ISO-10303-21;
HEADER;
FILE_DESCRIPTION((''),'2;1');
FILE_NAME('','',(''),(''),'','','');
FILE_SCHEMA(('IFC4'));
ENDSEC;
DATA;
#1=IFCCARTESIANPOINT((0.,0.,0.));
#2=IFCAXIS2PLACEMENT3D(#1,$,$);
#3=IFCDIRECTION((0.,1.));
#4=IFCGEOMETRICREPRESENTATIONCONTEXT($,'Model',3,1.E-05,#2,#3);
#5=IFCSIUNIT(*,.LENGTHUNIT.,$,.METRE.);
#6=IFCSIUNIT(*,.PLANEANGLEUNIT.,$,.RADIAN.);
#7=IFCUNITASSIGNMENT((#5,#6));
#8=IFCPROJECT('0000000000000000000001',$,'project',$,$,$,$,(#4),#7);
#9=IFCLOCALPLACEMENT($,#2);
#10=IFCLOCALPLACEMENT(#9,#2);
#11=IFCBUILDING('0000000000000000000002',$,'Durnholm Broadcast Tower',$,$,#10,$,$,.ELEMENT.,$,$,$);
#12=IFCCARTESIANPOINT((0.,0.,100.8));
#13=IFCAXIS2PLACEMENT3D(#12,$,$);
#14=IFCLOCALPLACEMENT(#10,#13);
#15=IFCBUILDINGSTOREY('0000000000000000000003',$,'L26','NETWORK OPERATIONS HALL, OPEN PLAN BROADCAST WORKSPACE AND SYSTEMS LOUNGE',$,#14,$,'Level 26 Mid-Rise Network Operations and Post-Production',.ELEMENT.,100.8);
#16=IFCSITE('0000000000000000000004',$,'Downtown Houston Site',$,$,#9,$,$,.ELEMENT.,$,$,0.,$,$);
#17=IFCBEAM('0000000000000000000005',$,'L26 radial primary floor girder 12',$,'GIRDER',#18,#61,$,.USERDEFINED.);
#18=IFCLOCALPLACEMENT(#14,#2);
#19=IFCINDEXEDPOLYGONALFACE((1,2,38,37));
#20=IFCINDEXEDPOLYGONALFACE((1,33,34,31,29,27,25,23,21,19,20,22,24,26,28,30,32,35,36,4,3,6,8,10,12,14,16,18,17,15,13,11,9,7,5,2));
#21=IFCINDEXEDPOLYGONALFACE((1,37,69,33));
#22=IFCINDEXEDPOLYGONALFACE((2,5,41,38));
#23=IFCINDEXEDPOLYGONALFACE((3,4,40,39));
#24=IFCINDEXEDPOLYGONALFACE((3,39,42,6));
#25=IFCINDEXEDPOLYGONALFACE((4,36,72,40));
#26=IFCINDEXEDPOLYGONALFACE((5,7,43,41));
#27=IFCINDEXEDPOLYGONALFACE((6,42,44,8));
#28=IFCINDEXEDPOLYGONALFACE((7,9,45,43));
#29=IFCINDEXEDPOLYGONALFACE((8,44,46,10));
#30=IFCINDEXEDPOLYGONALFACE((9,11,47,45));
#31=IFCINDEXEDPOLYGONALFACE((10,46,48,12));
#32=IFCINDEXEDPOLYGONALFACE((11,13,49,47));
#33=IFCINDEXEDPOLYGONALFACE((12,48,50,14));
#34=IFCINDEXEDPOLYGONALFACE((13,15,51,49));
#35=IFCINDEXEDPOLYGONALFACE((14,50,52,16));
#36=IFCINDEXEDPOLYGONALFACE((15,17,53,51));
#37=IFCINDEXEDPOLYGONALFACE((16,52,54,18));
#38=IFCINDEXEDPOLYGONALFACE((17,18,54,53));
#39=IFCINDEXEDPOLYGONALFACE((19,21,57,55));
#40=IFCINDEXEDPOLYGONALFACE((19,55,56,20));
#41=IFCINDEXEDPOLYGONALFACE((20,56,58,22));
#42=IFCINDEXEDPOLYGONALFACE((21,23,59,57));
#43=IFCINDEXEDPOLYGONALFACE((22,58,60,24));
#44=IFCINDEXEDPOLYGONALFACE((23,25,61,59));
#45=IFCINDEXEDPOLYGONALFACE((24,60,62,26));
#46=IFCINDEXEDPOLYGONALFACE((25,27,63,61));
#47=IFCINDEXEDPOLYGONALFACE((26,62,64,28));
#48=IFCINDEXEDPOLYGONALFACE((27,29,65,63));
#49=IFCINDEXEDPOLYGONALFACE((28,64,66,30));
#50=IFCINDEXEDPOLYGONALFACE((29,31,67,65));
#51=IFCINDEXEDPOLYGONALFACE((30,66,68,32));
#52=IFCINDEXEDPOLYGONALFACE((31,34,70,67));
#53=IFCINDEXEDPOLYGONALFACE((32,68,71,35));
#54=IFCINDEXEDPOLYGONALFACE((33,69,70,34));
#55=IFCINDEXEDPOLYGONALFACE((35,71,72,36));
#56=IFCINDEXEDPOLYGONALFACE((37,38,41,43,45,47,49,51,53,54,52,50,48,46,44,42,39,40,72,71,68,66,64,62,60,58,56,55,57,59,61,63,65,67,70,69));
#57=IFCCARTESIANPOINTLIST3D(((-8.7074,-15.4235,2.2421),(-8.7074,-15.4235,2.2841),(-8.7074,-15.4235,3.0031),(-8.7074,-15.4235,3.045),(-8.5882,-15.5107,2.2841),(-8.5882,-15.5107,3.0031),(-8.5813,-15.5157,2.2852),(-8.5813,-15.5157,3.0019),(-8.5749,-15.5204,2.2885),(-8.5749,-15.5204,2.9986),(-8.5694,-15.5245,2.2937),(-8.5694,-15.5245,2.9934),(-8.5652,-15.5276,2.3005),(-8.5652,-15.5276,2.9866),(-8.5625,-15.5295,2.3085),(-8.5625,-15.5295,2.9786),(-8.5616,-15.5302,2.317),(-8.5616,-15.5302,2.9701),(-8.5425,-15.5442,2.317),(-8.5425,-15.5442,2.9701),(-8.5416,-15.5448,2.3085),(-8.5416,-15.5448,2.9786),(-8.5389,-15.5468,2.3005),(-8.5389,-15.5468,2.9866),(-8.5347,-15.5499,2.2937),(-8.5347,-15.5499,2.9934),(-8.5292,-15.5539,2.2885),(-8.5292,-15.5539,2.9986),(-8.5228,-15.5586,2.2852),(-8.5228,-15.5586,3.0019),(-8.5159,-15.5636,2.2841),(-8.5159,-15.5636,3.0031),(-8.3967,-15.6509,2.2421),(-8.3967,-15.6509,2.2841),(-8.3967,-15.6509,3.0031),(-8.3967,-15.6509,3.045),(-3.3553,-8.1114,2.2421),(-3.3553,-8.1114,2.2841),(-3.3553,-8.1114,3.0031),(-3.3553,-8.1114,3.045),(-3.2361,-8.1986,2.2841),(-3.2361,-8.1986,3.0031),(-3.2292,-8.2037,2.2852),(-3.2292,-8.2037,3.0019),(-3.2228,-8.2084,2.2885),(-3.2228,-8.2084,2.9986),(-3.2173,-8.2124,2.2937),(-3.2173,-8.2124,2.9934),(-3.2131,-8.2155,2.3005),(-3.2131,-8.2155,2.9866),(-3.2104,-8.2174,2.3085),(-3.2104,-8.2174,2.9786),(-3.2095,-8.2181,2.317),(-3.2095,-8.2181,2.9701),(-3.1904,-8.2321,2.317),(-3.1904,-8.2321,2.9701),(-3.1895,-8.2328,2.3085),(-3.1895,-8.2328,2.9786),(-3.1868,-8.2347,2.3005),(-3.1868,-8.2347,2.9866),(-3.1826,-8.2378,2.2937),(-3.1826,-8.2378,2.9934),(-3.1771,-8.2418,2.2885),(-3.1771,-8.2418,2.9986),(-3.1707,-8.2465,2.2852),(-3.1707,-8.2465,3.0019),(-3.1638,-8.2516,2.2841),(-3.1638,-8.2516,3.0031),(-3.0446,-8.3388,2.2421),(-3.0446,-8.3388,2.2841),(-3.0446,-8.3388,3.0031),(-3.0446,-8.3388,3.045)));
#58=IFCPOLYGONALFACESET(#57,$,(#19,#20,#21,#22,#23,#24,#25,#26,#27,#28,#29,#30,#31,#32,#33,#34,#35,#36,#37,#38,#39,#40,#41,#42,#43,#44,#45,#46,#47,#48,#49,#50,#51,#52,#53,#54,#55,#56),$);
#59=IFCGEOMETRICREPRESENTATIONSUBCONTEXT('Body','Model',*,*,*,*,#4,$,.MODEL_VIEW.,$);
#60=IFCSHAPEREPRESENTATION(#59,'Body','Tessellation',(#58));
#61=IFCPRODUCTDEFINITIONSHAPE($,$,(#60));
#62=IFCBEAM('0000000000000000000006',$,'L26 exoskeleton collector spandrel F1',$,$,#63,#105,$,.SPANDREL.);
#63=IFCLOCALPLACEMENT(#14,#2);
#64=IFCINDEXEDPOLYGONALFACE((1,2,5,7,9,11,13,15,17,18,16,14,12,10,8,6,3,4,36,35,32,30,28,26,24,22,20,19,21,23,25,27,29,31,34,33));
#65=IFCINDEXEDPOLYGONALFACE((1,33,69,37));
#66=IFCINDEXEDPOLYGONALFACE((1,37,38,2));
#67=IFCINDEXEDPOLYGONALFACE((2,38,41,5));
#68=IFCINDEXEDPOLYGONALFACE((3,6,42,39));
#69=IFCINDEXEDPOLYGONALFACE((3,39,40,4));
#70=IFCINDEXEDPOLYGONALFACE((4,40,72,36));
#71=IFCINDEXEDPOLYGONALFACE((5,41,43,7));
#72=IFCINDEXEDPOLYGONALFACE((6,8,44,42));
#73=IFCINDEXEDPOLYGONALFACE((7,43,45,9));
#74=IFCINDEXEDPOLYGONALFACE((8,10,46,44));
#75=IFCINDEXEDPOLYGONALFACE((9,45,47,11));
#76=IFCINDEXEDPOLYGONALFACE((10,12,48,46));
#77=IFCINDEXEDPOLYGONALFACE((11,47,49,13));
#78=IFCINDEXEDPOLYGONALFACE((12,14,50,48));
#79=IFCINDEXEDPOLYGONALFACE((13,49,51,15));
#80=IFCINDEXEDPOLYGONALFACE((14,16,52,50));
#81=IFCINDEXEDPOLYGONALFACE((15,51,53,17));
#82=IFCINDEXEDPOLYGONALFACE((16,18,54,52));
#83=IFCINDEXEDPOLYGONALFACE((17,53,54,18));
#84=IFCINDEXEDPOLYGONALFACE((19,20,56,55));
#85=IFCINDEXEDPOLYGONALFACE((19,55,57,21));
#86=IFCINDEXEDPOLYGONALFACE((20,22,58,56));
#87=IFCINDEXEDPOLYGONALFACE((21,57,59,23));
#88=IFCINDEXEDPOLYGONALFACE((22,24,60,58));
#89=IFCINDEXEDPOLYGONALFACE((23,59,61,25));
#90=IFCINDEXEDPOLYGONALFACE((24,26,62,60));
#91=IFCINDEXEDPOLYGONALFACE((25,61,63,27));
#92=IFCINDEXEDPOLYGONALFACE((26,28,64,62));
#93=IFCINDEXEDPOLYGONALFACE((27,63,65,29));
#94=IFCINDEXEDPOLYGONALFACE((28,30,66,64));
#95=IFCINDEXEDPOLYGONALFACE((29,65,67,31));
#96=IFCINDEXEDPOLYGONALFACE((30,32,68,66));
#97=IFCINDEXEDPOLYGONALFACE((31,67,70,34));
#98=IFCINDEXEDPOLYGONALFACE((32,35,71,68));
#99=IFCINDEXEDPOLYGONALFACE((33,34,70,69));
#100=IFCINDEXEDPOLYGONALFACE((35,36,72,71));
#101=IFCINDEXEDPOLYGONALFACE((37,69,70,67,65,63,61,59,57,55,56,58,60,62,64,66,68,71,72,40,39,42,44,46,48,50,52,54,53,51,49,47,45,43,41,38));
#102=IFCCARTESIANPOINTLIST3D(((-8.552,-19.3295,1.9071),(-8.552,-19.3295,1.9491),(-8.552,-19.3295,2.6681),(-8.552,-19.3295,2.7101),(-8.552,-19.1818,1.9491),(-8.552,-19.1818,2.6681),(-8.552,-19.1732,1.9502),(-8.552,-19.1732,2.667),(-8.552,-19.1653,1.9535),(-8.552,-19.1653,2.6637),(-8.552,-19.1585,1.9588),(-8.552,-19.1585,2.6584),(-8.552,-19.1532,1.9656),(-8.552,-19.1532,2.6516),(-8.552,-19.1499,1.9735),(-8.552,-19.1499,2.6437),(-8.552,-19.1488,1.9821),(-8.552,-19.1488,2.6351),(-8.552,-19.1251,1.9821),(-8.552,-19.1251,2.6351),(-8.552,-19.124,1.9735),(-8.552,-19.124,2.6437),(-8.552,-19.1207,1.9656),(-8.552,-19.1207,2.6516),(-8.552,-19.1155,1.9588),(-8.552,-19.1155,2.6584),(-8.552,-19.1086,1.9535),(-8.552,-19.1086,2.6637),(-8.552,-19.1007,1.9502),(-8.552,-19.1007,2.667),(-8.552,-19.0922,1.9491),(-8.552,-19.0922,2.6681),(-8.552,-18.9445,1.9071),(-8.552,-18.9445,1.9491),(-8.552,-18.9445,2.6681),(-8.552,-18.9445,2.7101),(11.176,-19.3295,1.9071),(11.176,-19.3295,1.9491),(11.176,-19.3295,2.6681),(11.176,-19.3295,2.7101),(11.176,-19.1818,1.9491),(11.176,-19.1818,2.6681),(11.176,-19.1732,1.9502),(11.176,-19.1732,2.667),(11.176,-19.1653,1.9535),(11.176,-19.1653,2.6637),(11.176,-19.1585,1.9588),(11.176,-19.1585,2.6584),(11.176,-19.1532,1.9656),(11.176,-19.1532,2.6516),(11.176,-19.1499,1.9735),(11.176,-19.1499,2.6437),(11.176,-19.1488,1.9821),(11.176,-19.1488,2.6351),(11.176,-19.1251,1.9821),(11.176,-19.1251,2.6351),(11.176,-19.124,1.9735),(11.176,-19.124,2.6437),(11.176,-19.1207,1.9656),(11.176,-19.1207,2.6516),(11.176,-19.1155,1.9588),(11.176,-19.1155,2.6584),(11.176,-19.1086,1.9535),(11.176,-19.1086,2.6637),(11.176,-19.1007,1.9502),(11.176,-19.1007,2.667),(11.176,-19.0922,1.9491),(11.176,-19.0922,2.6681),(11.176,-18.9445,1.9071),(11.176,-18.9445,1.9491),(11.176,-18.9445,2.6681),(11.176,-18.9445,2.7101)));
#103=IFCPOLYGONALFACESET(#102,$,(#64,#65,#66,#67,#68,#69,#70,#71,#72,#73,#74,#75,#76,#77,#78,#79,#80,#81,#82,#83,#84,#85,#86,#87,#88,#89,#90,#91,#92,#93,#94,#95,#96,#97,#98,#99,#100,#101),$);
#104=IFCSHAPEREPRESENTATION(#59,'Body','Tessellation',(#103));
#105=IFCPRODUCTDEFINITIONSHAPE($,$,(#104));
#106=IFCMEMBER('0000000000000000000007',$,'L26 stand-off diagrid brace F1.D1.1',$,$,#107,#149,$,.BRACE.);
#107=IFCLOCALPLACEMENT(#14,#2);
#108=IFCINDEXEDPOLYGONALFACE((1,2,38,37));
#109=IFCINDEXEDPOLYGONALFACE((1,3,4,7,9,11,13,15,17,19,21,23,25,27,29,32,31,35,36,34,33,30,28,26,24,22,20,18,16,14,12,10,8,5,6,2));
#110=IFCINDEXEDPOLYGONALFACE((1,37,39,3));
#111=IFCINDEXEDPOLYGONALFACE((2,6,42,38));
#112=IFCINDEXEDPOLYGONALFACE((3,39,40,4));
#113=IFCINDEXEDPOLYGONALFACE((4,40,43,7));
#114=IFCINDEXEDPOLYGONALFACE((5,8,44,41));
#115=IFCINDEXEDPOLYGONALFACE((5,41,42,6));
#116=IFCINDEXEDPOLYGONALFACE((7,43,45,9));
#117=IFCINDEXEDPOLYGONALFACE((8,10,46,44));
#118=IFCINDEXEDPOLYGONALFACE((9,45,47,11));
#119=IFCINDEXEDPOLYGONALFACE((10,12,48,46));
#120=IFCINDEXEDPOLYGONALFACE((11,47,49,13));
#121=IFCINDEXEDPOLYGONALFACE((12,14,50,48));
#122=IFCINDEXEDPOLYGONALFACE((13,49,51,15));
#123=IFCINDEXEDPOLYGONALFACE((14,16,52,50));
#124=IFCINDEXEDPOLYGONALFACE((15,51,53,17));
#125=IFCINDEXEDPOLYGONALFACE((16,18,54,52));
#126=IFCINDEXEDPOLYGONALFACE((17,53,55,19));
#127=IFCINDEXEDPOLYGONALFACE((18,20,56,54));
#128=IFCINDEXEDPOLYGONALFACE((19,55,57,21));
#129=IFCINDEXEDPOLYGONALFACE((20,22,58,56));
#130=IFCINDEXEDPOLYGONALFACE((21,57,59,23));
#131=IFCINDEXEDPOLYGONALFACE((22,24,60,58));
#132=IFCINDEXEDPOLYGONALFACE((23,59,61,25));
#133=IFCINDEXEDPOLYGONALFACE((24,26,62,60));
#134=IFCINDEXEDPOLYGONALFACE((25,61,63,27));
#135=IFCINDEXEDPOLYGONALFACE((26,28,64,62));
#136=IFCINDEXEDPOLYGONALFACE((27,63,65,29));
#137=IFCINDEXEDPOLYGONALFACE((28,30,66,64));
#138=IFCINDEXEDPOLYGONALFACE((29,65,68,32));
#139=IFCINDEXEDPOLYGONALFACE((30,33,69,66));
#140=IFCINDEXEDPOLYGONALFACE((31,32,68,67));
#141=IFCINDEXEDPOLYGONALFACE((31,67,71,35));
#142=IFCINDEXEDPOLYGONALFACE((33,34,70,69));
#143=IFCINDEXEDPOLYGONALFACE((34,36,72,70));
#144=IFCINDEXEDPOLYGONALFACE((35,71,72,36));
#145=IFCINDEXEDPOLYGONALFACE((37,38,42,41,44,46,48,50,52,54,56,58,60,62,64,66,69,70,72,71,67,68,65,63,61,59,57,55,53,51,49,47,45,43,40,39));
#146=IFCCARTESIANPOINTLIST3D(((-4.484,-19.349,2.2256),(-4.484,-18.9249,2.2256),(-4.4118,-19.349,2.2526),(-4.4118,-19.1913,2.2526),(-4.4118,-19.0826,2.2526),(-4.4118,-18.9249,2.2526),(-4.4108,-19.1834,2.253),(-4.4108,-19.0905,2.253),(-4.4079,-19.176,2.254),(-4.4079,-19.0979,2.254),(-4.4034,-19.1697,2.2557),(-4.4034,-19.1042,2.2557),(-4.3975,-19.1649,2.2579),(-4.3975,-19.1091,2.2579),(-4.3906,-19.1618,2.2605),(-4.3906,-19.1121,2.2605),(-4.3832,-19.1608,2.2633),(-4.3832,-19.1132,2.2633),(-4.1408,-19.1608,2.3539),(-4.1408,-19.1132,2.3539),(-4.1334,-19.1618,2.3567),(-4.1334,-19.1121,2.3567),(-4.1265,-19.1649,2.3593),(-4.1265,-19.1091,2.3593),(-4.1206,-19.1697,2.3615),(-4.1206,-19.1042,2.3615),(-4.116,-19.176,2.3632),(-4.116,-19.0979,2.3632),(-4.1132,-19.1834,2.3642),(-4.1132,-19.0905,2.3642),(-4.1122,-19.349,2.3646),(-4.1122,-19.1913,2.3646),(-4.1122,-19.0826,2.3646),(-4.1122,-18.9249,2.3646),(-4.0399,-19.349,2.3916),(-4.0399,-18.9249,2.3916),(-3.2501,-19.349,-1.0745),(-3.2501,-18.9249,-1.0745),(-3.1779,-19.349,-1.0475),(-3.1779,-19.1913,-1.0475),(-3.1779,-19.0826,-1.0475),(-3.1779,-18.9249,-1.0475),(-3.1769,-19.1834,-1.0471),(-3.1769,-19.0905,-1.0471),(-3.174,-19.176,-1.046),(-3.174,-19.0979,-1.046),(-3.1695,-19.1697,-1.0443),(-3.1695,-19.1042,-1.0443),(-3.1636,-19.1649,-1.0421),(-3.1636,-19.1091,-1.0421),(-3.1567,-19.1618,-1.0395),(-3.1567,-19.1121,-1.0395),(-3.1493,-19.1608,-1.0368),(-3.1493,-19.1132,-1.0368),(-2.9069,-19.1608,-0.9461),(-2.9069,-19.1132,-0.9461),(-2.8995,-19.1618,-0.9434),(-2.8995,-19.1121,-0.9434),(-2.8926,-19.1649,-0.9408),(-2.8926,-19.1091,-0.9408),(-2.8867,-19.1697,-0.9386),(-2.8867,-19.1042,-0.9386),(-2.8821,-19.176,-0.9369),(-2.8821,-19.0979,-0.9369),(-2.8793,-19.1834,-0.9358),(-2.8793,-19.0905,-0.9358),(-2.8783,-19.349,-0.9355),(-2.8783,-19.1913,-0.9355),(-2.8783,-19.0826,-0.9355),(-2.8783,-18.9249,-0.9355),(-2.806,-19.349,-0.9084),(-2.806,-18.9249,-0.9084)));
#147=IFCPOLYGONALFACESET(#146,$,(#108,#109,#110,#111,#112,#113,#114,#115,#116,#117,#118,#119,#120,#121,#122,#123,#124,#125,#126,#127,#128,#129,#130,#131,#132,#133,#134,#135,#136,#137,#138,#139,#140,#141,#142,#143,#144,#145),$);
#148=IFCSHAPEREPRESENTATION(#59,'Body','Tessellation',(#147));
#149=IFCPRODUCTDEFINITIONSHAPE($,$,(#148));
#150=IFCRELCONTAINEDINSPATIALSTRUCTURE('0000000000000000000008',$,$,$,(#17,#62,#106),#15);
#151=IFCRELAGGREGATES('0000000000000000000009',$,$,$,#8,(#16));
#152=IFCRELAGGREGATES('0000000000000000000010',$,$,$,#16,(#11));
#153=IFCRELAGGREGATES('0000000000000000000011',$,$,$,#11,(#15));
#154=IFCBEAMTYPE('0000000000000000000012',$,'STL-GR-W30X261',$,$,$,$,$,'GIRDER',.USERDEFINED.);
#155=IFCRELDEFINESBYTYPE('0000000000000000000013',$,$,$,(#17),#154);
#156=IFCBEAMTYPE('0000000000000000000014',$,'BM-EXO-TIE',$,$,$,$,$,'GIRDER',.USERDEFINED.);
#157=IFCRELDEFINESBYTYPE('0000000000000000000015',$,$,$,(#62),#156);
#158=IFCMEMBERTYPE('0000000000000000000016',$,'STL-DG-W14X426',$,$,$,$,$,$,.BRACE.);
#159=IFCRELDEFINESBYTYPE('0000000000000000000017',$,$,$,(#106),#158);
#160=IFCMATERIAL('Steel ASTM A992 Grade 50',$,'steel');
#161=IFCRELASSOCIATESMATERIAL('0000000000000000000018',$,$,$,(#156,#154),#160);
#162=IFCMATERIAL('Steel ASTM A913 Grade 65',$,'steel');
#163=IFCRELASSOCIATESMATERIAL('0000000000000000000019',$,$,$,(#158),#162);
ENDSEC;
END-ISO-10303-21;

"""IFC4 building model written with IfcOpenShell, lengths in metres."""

from ifc_helpers import new_model, si_unit, direction, frame, origin, origin_2d, place, context, subcontext, project, spatial, i_section, extrude, source, transform, mapped, material, material_profile, profile_set, type_object, type_shapes, element, save


model = new_model("IFC4")

# Units and contexts
model_context = context("Model", 3, precision=1e-05, world=origin(), true_north=direction((0.0, 1.0)))
body_context = subcontext(model_context, "Body", "Model", "MODEL_VIEW")
ifc_project = project(units=[si_unit("LENGTHUNIT", "METRE"), si_unit("PLANEANGLEUNIT", "RADIAN")], contexts=[model_context])

# Site, building, storey
site_placement = place(None, origin())
site = spatial("IfcSite", under=ifc_project, at=site_placement, Name="Downtown Houston Site", CompositionType="ELEMENT", RefElevation=0.0)
building_placement = place(site_placement, origin())
building = spatial("IfcBuilding", under=site, at=building_placement, Name="Durnholm Broadcast Tower", CompositionType="ELEMENT")
storey_placement = place(building_placement, frame((0.0, 0.0, 100.8)))
storey = spatial("IfcBuildingStorey", under=building, at=storey_placement, Name="L26", Description="NETWORK OPERATIONS HALL, OPEN PLAN BROADCAST WORKSPACE AND SYSTEMS LOUNGE", LongName="Level 26 Mid-Rise Network Operations and Post-Production", CompositionType="ELEMENT", Elevation=100.8)

# Beams
ifc_material_1 = material(Name="Steel ASTM A992 Grade 50", Category="steel")
ifc_material_profile_1 = material_profile(ifc_material_1, i_section(OverallWidth=0.385, OverallDepth=0.803, WebThickness=0.0237, FlangeThickness=0.042, FilletRadius=0.033, at=origin_2d()), Name="W30X261")
ifc_profile_set_1 = profile_set([ifc_material_profile_1], Name="Steel ASTM A992 Grade 50")
beam_type_1 = type_object("IfcBeamType", Name="BM-EXO-TIE", ElementType="GIRDER", PredefinedType="USERDEFINED", material=ifc_profile_set_1)
ifc_material_profile_2 = material_profile(ifc_material_1, i_section(OverallWidth=0.385, OverallDepth=0.803, WebThickness=0.0237, FlangeThickness=0.042, FilletRadius=0.033, at=origin_2d()), Name="W30X261")
ifc_profile_set_2 = profile_set([ifc_material_profile_2], Name="Steel ASTM A992 Grade 50")
beam_type_2 = type_object("IfcBeamType", Name="STL-GR-W30X261", ElementType="GIRDER", PredefinedType="USERDEFINED", material=ifc_profile_set_2)
shared_shape_1 = source(origin(), body_context, "Body", "SweptSolid", [
    extrude(i_section(OverallWidth=0.385, OverallDepth=0.803, WebThickness=0.0237, FlangeThickness=0.042, FilletRadius=0.033, at=origin_2d()), origin(), (0.0, 0.0, 1.0), 9.0615),
])
beam_1_placement = place(storey_placement, frame((-3.2, -8.2251, 2.6436), z_axis=(-0.590639, -0.806936, 0.0), x_axis=(0.806936, -0.590639, 0.0)))
element("IfcBeam", 1, at=beam_1_placement, inside=storey, type_object=beam_type_2, Name="L26 radial primary floor girder 12", ObjectType="GIRDER", PredefinedType="USERDEFINED", context=body_context, shape_type="MappedRepresentation", body=[
    mapped(shared_shape_1, transform((0.0, 0.0, 0.0), x_axis=(1.0, 0.0, 0.0), y_axis=(0.0, 1.0, 0.0), z_axis=(0.0, 0.0, 1.0), scale=1.0)),
])
shared_shape_2 = source(origin(), body_context, "Body", "SweptSolid", [
    extrude(i_section(OverallWidth=0.385, OverallDepth=0.803, WebThickness=0.0237, FlangeThickness=0.042, FilletRadius=0.033, at=origin_2d()), origin(), (0.0, 0.0, 1.0), 19.728),
])
beam_2_placement = place(storey_placement, frame((-8.552, -19.137, 2.3086), z_axis=(1.0, 0.0, 0.0), x_axis=(0.0, 1.0, 0.0)))
element("IfcBeam", 2, at=beam_2_placement, inside=storey, type_object=beam_type_1, Name="L26 exoskeleton collector spandrel F1", PredefinedType="SPANDREL", context=body_context, shape_type="MappedRepresentation", body=[
    mapped(shared_shape_2, transform((0.0, 0.0, 0.0), x_axis=(1.0, 0.0, 0.0), y_axis=(0.0, 1.0, 0.0), z_axis=(0.0, 0.0, 1.0), scale=1.0)),
])

# Member
ifc_material_2 = material(Name="Steel ASTM A913 Grade 65", Category="steel")
ifc_material_profile_3 = material_profile(ifc_material_2, i_section(OverallWidth=0.4241, OverallDepth=0.4741, WebThickness=0.0476, FlangeThickness=0.0771, FilletRadius=0.0305, at=origin_2d()), Name="W14X426")
ifc_profile_set_3 = profile_set([ifc_material_profile_3], Name="Steel ASTM A913 Grade 65")
member_type_1 = type_object("IfcMemberType", Name="STL-DG-W14X426", PredefinedType="BRACE", material=ifc_profile_set_3)
shared_shape_3 = source(origin(), body_context, "Body", "SweptSolid", [
    extrude(i_section(OverallWidth=0.4241, OverallDepth=0.4741, WebThickness=0.0476, FlangeThickness=0.0771, FilletRadius=0.0305, at=origin_2d()), origin(), (0.0, 0.0, 1.0), 3.5232),
])
type_shapes(member_type_1, [shared_shape_3])
for number, where, z_axis, x_axis, name in (
    (3, (-3.0281, -19.137, -0.9915), (-0.35022, 0.0, 0.936668), (0.0, -1.0, 0.0), "L26 stand-off diagrid brace F1.D1.1"),
):
    element("IfcMember", number, at=place(storey_placement, frame(where, z_axis=z_axis, x_axis=x_axis)), inside=storey, type_object=member_type_1, Name=name, PredefinedType="BRACE", context=body_context, shape_type="MappedRepresentation", body=[
        mapped(shared_shape_3, transform((0.0, 0.0, 0.0), x_axis=(1.0, 0.0, 0.0), y_axis=(0.0, 1.0, 0.0), z_axis=(0.0, 0.0, 1.0), scale=1.0)),
    ])

save(model, "model.ifc")
